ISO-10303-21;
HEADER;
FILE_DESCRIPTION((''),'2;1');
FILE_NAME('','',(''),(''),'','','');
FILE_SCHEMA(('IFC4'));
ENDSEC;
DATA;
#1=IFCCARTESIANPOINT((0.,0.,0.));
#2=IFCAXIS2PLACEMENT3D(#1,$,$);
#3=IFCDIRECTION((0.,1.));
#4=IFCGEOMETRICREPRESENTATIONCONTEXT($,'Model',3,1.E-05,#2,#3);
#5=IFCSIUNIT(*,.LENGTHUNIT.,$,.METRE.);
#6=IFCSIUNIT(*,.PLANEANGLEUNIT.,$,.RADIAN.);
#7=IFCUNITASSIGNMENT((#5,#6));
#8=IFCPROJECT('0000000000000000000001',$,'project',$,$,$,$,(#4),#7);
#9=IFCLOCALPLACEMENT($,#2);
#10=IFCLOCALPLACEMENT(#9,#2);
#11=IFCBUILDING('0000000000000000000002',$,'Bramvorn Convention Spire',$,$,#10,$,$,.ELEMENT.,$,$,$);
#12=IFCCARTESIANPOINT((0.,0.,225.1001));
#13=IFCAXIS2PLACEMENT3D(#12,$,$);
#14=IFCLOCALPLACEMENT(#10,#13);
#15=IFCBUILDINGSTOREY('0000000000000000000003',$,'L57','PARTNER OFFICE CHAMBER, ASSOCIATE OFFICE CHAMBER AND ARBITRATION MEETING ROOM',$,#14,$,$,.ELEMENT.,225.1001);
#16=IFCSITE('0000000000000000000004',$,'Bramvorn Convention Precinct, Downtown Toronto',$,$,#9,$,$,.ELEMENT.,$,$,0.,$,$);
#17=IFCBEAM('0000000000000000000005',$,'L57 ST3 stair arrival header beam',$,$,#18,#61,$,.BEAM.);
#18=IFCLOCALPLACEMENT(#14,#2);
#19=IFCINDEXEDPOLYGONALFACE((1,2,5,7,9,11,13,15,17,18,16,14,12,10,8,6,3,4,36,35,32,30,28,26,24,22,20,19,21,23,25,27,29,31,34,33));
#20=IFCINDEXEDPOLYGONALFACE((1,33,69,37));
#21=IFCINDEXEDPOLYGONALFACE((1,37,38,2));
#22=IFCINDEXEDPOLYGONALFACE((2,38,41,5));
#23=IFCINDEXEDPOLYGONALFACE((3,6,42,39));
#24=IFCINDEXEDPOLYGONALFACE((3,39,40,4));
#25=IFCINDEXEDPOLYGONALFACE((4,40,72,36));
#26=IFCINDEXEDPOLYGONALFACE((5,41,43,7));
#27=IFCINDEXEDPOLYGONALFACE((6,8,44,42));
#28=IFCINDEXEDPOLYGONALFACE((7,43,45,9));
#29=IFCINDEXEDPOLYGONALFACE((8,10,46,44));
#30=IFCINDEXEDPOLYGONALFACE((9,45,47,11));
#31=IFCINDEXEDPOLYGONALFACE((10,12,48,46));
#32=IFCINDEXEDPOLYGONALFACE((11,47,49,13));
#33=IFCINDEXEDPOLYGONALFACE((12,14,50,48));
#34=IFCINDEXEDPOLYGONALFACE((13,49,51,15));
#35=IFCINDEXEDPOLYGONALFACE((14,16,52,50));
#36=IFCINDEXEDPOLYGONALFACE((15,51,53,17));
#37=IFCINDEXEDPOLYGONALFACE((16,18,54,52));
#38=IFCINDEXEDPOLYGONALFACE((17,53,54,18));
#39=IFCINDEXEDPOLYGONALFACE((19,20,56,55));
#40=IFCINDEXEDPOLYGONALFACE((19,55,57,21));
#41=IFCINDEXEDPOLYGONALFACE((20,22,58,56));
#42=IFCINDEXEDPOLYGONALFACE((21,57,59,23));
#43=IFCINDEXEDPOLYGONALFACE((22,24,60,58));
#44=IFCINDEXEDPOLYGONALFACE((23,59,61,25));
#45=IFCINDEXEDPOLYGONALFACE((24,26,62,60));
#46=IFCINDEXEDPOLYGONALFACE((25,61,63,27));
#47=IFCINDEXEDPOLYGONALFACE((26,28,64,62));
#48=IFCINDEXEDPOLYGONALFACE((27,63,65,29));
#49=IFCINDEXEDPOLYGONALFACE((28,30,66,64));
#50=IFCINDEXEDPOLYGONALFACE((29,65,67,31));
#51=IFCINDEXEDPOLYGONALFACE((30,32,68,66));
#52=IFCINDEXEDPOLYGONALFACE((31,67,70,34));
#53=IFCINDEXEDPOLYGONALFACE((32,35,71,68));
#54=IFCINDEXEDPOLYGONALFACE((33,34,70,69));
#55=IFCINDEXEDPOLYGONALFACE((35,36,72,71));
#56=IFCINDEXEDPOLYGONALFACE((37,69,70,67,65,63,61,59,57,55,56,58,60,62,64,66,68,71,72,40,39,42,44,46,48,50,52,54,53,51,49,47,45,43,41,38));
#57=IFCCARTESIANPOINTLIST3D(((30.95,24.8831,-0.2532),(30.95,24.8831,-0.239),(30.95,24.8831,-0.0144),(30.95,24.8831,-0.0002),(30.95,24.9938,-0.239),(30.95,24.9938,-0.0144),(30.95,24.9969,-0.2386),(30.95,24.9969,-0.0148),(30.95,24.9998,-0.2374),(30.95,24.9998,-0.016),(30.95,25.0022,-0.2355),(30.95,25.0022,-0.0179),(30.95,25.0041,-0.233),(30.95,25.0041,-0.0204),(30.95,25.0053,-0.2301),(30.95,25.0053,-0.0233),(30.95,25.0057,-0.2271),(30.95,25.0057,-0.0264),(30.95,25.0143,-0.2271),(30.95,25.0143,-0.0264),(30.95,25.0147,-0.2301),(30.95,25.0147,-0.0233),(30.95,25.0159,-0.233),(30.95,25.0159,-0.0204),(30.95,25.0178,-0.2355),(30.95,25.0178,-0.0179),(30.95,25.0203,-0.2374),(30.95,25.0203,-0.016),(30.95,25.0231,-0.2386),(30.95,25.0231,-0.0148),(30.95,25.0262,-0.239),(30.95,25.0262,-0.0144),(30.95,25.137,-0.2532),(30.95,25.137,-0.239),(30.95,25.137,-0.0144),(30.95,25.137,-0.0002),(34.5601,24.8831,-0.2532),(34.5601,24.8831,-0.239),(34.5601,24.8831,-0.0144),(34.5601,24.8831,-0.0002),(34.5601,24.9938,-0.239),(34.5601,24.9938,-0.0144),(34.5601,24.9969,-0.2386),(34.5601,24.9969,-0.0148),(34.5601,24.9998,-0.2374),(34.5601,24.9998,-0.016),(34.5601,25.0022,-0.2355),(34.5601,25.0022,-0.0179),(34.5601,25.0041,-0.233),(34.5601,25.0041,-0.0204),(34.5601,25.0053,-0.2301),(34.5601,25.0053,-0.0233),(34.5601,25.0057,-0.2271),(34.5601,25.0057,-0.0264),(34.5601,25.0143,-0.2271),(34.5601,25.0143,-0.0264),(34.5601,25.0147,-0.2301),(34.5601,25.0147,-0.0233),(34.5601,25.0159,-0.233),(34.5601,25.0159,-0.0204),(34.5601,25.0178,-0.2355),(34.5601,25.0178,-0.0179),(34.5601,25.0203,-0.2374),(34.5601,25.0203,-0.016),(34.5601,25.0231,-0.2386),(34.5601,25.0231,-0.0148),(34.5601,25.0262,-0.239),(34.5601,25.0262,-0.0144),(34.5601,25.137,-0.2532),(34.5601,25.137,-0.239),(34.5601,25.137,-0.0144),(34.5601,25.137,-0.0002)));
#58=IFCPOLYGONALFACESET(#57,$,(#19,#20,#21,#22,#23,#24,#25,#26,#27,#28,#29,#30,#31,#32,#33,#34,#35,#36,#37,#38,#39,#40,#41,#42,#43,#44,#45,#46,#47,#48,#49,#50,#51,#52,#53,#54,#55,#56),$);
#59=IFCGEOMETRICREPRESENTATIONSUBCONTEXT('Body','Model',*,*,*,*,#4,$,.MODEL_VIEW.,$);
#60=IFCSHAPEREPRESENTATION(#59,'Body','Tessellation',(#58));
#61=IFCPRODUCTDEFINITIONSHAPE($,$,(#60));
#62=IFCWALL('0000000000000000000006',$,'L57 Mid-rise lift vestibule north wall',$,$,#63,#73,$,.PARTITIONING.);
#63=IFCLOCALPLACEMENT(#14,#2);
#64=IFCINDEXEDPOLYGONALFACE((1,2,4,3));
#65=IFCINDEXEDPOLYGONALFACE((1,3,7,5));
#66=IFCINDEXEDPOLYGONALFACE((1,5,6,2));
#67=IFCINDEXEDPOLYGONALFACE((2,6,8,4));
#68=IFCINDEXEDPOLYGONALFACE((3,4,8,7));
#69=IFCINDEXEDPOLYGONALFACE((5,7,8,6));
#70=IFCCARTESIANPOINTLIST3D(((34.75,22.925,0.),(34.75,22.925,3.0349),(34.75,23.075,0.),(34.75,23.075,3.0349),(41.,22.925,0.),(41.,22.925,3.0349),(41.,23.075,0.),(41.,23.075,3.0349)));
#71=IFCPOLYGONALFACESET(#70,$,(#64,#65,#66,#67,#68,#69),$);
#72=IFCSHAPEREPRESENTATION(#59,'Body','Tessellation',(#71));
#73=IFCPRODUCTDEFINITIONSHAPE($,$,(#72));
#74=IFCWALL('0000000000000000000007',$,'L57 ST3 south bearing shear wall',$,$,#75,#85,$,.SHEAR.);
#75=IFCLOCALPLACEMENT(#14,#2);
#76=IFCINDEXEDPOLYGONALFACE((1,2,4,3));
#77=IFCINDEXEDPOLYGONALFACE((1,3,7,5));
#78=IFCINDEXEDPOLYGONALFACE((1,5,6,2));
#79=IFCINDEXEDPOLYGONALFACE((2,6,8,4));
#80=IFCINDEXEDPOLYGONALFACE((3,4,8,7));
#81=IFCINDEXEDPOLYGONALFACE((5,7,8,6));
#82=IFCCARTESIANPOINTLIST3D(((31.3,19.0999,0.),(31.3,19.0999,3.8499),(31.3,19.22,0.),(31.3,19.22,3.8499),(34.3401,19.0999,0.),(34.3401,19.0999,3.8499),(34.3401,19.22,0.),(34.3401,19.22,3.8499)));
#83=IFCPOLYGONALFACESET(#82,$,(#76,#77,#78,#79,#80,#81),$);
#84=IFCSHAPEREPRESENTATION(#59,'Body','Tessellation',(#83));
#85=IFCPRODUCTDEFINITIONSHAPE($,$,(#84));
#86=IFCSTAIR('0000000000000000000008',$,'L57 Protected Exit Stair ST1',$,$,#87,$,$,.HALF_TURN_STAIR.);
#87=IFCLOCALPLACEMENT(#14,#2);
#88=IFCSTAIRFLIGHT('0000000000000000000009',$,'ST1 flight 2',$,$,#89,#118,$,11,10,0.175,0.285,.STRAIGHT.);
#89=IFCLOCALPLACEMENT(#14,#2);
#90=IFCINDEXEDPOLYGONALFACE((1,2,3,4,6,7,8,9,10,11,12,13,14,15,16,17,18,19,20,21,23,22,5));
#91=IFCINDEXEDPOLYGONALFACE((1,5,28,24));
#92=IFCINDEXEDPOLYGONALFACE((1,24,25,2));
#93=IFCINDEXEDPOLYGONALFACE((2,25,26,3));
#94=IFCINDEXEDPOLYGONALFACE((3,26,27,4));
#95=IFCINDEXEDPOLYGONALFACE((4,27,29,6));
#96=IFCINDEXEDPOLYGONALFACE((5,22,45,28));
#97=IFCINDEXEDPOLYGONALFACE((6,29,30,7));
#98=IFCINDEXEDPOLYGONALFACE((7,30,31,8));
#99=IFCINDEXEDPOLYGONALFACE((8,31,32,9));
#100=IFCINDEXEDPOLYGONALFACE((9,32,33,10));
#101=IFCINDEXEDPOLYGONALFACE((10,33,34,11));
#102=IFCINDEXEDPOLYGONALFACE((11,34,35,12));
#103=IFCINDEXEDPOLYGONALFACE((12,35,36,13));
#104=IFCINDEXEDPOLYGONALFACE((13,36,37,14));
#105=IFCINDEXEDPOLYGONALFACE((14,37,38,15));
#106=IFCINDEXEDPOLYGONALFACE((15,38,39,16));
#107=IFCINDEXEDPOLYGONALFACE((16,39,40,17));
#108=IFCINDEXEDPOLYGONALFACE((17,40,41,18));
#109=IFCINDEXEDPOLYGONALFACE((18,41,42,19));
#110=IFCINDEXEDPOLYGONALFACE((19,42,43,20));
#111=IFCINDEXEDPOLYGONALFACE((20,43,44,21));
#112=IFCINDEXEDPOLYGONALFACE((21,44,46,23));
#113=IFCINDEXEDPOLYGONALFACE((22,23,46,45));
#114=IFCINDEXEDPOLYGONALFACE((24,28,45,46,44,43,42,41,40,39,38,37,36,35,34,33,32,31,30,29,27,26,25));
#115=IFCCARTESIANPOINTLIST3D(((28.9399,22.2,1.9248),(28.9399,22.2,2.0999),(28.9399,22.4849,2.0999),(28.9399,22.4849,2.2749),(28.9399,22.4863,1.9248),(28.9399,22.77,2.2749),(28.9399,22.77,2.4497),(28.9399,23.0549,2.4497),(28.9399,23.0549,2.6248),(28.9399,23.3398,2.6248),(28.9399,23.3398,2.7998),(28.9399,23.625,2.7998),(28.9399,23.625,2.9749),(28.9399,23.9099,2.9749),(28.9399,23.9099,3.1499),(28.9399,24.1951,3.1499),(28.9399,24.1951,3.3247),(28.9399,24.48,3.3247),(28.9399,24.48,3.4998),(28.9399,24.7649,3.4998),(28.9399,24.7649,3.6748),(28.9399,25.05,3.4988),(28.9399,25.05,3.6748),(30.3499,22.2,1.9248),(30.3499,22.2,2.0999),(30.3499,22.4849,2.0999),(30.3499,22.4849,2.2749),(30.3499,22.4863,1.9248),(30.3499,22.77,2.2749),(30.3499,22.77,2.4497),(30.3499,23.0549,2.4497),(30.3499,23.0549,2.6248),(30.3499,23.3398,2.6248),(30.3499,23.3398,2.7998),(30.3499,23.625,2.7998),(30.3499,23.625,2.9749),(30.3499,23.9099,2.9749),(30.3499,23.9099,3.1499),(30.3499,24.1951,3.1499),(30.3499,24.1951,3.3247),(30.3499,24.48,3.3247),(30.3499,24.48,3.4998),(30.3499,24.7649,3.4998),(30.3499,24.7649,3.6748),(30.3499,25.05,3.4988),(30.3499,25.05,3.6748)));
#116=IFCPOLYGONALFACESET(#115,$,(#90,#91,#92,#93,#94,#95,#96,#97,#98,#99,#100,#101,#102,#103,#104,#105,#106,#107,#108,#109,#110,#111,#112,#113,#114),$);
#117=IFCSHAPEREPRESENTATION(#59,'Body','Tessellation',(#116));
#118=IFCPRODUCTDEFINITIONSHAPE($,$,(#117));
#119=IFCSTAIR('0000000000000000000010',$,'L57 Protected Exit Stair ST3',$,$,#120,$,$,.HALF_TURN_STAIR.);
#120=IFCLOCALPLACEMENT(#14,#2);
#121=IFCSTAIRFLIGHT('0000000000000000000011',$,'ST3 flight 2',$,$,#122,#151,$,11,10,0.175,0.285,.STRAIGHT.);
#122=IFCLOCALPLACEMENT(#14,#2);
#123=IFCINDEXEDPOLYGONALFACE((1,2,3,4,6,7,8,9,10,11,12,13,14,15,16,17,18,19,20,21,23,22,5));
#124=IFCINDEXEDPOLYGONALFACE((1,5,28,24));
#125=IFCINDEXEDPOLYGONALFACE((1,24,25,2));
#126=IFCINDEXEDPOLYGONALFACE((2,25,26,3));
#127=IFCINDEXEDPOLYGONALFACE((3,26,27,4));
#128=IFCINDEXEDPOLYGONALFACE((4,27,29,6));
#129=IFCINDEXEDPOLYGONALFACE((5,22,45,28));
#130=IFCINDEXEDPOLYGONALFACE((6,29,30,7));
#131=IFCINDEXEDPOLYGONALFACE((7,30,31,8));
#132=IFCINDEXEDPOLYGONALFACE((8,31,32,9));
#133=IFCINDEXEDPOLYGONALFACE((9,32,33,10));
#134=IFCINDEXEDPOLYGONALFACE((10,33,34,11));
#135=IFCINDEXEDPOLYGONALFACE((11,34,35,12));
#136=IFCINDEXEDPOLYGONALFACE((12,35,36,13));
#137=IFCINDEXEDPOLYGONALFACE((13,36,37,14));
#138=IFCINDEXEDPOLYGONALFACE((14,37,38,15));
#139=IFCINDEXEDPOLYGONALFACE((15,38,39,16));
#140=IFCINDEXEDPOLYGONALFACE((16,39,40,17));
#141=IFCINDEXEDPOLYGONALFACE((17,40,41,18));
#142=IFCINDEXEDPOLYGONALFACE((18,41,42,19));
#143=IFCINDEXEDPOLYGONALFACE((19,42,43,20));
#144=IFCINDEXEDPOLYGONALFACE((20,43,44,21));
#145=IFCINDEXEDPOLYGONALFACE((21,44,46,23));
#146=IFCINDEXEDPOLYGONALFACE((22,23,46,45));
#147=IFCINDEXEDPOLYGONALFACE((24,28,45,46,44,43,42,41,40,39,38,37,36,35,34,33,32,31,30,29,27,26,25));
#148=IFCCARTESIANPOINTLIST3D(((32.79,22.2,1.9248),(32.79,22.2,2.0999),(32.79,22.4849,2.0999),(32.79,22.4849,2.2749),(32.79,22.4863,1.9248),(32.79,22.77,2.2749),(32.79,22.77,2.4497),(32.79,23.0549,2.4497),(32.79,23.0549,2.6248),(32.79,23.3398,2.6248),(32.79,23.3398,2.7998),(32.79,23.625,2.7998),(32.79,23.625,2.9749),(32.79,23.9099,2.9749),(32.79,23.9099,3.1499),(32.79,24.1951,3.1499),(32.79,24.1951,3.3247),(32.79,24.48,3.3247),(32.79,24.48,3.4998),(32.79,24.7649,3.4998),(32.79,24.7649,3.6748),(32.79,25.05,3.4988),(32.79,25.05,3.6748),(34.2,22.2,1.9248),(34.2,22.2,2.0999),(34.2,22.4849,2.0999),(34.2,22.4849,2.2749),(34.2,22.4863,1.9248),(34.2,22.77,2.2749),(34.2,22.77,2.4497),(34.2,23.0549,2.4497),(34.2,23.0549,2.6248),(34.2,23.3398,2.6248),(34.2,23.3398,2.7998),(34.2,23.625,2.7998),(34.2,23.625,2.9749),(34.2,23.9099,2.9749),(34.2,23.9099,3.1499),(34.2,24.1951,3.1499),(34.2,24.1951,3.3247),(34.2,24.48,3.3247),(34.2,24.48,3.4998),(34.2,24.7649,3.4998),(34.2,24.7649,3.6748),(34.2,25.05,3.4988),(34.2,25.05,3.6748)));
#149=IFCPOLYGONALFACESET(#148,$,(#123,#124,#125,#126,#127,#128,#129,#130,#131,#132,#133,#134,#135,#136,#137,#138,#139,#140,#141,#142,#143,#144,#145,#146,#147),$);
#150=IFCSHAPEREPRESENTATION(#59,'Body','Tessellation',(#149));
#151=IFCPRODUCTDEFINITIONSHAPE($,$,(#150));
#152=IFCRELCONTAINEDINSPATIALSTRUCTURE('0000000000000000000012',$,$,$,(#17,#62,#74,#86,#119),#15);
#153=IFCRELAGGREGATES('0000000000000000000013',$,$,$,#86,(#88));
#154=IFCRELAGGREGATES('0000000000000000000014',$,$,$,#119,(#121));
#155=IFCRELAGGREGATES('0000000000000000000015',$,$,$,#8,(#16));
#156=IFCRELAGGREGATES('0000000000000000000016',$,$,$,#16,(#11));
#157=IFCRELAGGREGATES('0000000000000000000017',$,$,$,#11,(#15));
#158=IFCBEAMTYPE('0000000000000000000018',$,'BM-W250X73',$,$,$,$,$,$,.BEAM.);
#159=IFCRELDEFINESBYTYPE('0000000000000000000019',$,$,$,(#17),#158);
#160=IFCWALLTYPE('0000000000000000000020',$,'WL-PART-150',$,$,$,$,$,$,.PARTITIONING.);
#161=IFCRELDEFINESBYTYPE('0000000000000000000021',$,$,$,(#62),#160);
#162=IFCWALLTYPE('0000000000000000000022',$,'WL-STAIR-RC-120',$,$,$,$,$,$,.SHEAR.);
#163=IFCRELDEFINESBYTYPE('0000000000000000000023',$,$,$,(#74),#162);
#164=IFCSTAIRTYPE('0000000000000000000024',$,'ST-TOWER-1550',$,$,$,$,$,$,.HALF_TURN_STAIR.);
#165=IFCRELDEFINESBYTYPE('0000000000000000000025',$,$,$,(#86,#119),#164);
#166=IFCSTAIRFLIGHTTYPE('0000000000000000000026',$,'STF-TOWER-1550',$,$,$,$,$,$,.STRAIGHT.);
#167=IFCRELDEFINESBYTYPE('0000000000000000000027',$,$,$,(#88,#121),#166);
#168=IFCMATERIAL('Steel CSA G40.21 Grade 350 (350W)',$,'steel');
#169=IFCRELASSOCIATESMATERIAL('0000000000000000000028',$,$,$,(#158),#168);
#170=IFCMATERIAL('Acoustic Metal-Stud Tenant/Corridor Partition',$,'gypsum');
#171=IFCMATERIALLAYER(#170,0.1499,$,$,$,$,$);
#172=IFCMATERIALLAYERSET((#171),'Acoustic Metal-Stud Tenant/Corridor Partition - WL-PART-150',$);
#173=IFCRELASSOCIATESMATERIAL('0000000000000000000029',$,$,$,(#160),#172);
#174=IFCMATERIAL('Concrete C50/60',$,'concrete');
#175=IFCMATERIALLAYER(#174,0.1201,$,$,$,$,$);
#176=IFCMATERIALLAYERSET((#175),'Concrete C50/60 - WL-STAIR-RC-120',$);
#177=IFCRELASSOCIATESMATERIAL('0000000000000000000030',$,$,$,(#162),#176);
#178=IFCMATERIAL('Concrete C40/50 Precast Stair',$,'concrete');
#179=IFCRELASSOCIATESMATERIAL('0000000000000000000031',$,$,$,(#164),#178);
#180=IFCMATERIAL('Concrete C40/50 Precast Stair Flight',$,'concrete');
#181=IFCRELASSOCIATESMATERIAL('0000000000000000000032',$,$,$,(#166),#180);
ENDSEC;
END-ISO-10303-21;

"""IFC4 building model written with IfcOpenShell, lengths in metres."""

from ifc_helpers import new_model, si_unit, direction, frame, frame_2d, origin, origin_2d, place, context, subcontext, project, spatial, polyline, rectangle, i_section, outline, extrude, material, layer, layer_set, material_profile, profile_set, type_object, element, aggregate, save


model = new_model("IFC4")

# Units and contexts
model_context = context("Model", 3, precision=1e-05, world=origin(), true_north=direction((0.0, 1.0)))
body_context = subcontext(model_context, "Body", "Model", "MODEL_VIEW")
ifc_project = project(units=[si_unit("LENGTHUNIT", "METRE"), si_unit("PLANEANGLEUNIT", "RADIAN")], contexts=[model_context])

# Site, building, storey
site_placement = place(None, origin())
site = spatial("IfcSite", under=ifc_project, at=site_placement, Name="Bramvorn Convention Precinct, Downtown Toronto", CompositionType="ELEMENT", RefElevation=0.0)
building_placement = place(site_placement, origin())
building = spatial("IfcBuilding", under=site, at=building_placement, Name="Bramvorn Convention Spire", CompositionType="ELEMENT")
storey_placement = place(building_placement, frame((0.0, 0.0, 225.1001)))
storey = spatial("IfcBuildingStorey", under=building, at=storey_placement, Name="L57", Description="PARTNER OFFICE CHAMBER, ASSOCIATE OFFICE CHAMBER AND ARBITRATION MEETING ROOM", CompositionType="ELEMENT", Elevation=225.1001)

# Beam
ifc_material_1 = material(Name="Steel CSA G40.21 Grade 350 (350W)", Category="steel")
ifc_material_profile = material_profile(ifc_material_1, i_section(OverallWidth=0.2539, OverallDepth=0.2529, WebThickness=0.0085, FlangeThickness=0.0142, FilletRadius=0.012, at=origin_2d()))
ifc_profile_set = profile_set([ifc_material_profile], Name="Steel CSA G40.21 Grade 350 (350W) - W250X73")
beam_type = type_object("IfcBeamType", Name="BM-W250X73", PredefinedType="BEAM", material=ifc_profile_set)
beam_placement = place(storey_placement, frame((30.95, 25.01, -0.1267), z_axis=(1.0, 0.0, 0.0), x_axis=(0.0, 1.0, 0.0)))
element("IfcBeam", 1, at=beam_placement, inside=storey, type_object=beam_type, Name="L57 ST3 stair arrival header beam", PredefinedType="BEAM", context=body_context, shape_type="SweptSolid", body=[
    extrude(i_section(OverallWidth=0.2539, OverallDepth=0.2529, WebThickness=0.0085, FlangeThickness=0.0142, FilletRadius=0.012, at=origin_2d()), origin(), (0.0, 0.0, 1.0), 3.6101),
])

# Shared definitions
ifc_material_2 = material(Name="Concrete C50/60", Category="concrete")

# Walls
ifc_material_3 = material(Name="Acoustic Metal-Stud Tenant/Corridor Partition", Category="gypsum")
ifc_layer_1 = layer(ifc_material_3, 0.1499)
ifc_layer_set_1 = layer_set([ifc_layer_1], Name="Acoustic Metal-Stud Tenant/Corridor Partition - WL-PART-150")
wall_type_1 = type_object("IfcWallType", Name="WL-PART-150", PredefinedType="PARTITIONING", material=ifc_layer_set_1)
wall_1_placement = place(storey_placement, frame((34.75, 23.0, 0.0), z_axis=(0.0, 0.0, 1.0), x_axis=(1.0, 0.0, 0.0)))
element("IfcWall", 2, at=wall_1_placement, inside=storey, type_object=wall_type_1, Name="L57 Mid-rise lift vestibule north wall", PredefinedType="PARTITIONING", context=body_context, shape_type="SweptSolid", body=[
    extrude(rectangle(XDim=6.25, YDim=0.1499, at=frame_2d((3.125, 0.0))), origin(), (0.0, 0.0, 1.0), 3.0349),
])
ifc_layer_2 = layer(ifc_material_2, 0.1201)
ifc_layer_set_2 = layer_set([ifc_layer_2], Name="Concrete C50/60 - WL-STAIR-RC-120")
wall_type_2 = type_object("IfcWallType", Name="WL-STAIR-RC-120", PredefinedType="SHEAR", material=ifc_layer_set_2)
wall_2_placement = place(storey_placement, frame((31.3, 19.1599, 0.0), z_axis=(0.0, 0.0, 1.0), x_axis=(1.0, 0.0, 0.0)))
element("IfcWall", 3, at=wall_2_placement, inside=storey, type_object=wall_type_2, Name="L57 ST3 south bearing shear wall", PredefinedType="SHEAR", context=body_context, shape_type="SweptSolid", body=[
    extrude(rectangle(XDim=3.04, YDim=0.1201, at=frame_2d((1.52, 0.0))), origin(), (0.0, 0.0, 1.0), 3.8499),
])

# Stairs, stair flights
ifc_material_4 = material(Name="Concrete C40/50 Precast Stair", Category="concrete")
stair_type = type_object("IfcStairType", Name="ST-TOWER-1550", PredefinedType="HALF_TURN_STAIR", material=ifc_material_4)
stair_1_placement = place(storey_placement, origin())
stair_1 = element("IfcStair", 4, at=stair_1_placement, inside=storey, type_object=stair_type, Name="L57 Protected Exit Stair ST1", PredefinedType="HALF_TURN_STAIR")
ifc_material_5 = material(Name="Concrete C40/50 Precast Stair Flight", Category="concrete")
stair_flight_type = type_object("IfcStairFlightType", Name="STF-TOWER-1550", PredefinedType="STRAIGHT", material=ifc_material_5)
stair_flight_1_placement = place(storey_placement, frame((29.645, 22.2, 1.9248), z_axis=(0.0, 0.0, 1.0), x_axis=(0.0, 1.0, 0.0)))
stair_flight_1 = element("IfcStairFlight", 5, at=stair_flight_1_placement, type_object=stair_flight_type, Name="ST1 flight 2", NumberOfRisers=11, NumberOfTreads=10, PredefinedType="STRAIGHT", RiserHeight=0.175, TreadLength=0.285, context=body_context, shape_type="SweptSolid", body=[
    extrude(outline(polyline([(0.0, 0.0), (0.0, 0.175), (0.2849, 0.175), (0.2849, 0.3501), (0.5701, 0.3501), (0.5701, 0.5249), (0.855, 0.5249), (0.855, 0.7), (1.1399, 0.7), (1.1399, 0.875), (1.425, 0.875), (1.425, 1.05), (1.71, 1.05), (1.71, 1.2251), (1.9951, 1.2251), (1.9951, 1.3999), (2.28, 1.3999), (2.28, 1.575), (2.5649, 1.575), (2.5649, 1.75), (2.8501, 1.75), (2.8501, 1.925), (2.8501, 1.574), (0.2864, 0.0), (0.0, 0.0)])), frame((0.0, 0.7051, 0.0), z_axis=(0.0, -1.0, 0.0), x_axis=(1.0, 0.0, 0.0)), (0.0, 0.0, 1.0), 1.4099),
])
aggregate(stair_1, [stair_flight_1])
stair_2_placement = place(storey_placement, origin())
stair_2 = element("IfcStair", 6, at=stair_2_placement, inside=storey, type_object=stair_type, Name="L57 Protected Exit Stair ST3", PredefinedType="HALF_TURN_STAIR")
stair_flight_2_placement = place(storey_placement, frame((33.4951, 22.2, 1.9248), z_axis=(0.0, 0.0, 1.0), x_axis=(0.0, 1.0, 0.0)))
stair_flight_2 = element("IfcStairFlight", 7, at=stair_flight_2_placement, type_object=stair_flight_type, Name="ST3 flight 2", NumberOfRisers=11, NumberOfTreads=10, PredefinedType="STRAIGHT", RiserHeight=0.175, TreadLength=0.285, context=body_context, shape_type="SweptSolid", body=[
    extrude(outline(polyline([(0.0, 0.0), (0.0, 0.175), (0.2849, 0.175), (0.2849, 0.3501), (0.5701, 0.3501), (0.5701, 0.5249), (0.855, 0.5249), (0.855, 0.7), (1.1399, 0.7), (1.1399, 0.875), (1.425, 0.875), (1.425, 1.05), (1.71, 1.05), (1.71, 1.2251), (1.9951, 1.2251), (1.9951, 1.3999), (2.28, 1.3999), (2.28, 1.575), (2.5649, 1.575), (2.5649, 1.75), (2.8501, 1.75), (2.8501, 1.925), (2.8501, 1.574), (0.2864, 0.0), (0.0, 0.0)])), frame((0.0, 0.7051, 0.0), z_axis=(0.0, -1.0, 0.0), x_axis=(1.0, 0.0, 0.0)), (0.0, 0.0, 1.0), 1.4099),
])
aggregate(stair_2, [stair_flight_2])

save(model, "model.ifc")
